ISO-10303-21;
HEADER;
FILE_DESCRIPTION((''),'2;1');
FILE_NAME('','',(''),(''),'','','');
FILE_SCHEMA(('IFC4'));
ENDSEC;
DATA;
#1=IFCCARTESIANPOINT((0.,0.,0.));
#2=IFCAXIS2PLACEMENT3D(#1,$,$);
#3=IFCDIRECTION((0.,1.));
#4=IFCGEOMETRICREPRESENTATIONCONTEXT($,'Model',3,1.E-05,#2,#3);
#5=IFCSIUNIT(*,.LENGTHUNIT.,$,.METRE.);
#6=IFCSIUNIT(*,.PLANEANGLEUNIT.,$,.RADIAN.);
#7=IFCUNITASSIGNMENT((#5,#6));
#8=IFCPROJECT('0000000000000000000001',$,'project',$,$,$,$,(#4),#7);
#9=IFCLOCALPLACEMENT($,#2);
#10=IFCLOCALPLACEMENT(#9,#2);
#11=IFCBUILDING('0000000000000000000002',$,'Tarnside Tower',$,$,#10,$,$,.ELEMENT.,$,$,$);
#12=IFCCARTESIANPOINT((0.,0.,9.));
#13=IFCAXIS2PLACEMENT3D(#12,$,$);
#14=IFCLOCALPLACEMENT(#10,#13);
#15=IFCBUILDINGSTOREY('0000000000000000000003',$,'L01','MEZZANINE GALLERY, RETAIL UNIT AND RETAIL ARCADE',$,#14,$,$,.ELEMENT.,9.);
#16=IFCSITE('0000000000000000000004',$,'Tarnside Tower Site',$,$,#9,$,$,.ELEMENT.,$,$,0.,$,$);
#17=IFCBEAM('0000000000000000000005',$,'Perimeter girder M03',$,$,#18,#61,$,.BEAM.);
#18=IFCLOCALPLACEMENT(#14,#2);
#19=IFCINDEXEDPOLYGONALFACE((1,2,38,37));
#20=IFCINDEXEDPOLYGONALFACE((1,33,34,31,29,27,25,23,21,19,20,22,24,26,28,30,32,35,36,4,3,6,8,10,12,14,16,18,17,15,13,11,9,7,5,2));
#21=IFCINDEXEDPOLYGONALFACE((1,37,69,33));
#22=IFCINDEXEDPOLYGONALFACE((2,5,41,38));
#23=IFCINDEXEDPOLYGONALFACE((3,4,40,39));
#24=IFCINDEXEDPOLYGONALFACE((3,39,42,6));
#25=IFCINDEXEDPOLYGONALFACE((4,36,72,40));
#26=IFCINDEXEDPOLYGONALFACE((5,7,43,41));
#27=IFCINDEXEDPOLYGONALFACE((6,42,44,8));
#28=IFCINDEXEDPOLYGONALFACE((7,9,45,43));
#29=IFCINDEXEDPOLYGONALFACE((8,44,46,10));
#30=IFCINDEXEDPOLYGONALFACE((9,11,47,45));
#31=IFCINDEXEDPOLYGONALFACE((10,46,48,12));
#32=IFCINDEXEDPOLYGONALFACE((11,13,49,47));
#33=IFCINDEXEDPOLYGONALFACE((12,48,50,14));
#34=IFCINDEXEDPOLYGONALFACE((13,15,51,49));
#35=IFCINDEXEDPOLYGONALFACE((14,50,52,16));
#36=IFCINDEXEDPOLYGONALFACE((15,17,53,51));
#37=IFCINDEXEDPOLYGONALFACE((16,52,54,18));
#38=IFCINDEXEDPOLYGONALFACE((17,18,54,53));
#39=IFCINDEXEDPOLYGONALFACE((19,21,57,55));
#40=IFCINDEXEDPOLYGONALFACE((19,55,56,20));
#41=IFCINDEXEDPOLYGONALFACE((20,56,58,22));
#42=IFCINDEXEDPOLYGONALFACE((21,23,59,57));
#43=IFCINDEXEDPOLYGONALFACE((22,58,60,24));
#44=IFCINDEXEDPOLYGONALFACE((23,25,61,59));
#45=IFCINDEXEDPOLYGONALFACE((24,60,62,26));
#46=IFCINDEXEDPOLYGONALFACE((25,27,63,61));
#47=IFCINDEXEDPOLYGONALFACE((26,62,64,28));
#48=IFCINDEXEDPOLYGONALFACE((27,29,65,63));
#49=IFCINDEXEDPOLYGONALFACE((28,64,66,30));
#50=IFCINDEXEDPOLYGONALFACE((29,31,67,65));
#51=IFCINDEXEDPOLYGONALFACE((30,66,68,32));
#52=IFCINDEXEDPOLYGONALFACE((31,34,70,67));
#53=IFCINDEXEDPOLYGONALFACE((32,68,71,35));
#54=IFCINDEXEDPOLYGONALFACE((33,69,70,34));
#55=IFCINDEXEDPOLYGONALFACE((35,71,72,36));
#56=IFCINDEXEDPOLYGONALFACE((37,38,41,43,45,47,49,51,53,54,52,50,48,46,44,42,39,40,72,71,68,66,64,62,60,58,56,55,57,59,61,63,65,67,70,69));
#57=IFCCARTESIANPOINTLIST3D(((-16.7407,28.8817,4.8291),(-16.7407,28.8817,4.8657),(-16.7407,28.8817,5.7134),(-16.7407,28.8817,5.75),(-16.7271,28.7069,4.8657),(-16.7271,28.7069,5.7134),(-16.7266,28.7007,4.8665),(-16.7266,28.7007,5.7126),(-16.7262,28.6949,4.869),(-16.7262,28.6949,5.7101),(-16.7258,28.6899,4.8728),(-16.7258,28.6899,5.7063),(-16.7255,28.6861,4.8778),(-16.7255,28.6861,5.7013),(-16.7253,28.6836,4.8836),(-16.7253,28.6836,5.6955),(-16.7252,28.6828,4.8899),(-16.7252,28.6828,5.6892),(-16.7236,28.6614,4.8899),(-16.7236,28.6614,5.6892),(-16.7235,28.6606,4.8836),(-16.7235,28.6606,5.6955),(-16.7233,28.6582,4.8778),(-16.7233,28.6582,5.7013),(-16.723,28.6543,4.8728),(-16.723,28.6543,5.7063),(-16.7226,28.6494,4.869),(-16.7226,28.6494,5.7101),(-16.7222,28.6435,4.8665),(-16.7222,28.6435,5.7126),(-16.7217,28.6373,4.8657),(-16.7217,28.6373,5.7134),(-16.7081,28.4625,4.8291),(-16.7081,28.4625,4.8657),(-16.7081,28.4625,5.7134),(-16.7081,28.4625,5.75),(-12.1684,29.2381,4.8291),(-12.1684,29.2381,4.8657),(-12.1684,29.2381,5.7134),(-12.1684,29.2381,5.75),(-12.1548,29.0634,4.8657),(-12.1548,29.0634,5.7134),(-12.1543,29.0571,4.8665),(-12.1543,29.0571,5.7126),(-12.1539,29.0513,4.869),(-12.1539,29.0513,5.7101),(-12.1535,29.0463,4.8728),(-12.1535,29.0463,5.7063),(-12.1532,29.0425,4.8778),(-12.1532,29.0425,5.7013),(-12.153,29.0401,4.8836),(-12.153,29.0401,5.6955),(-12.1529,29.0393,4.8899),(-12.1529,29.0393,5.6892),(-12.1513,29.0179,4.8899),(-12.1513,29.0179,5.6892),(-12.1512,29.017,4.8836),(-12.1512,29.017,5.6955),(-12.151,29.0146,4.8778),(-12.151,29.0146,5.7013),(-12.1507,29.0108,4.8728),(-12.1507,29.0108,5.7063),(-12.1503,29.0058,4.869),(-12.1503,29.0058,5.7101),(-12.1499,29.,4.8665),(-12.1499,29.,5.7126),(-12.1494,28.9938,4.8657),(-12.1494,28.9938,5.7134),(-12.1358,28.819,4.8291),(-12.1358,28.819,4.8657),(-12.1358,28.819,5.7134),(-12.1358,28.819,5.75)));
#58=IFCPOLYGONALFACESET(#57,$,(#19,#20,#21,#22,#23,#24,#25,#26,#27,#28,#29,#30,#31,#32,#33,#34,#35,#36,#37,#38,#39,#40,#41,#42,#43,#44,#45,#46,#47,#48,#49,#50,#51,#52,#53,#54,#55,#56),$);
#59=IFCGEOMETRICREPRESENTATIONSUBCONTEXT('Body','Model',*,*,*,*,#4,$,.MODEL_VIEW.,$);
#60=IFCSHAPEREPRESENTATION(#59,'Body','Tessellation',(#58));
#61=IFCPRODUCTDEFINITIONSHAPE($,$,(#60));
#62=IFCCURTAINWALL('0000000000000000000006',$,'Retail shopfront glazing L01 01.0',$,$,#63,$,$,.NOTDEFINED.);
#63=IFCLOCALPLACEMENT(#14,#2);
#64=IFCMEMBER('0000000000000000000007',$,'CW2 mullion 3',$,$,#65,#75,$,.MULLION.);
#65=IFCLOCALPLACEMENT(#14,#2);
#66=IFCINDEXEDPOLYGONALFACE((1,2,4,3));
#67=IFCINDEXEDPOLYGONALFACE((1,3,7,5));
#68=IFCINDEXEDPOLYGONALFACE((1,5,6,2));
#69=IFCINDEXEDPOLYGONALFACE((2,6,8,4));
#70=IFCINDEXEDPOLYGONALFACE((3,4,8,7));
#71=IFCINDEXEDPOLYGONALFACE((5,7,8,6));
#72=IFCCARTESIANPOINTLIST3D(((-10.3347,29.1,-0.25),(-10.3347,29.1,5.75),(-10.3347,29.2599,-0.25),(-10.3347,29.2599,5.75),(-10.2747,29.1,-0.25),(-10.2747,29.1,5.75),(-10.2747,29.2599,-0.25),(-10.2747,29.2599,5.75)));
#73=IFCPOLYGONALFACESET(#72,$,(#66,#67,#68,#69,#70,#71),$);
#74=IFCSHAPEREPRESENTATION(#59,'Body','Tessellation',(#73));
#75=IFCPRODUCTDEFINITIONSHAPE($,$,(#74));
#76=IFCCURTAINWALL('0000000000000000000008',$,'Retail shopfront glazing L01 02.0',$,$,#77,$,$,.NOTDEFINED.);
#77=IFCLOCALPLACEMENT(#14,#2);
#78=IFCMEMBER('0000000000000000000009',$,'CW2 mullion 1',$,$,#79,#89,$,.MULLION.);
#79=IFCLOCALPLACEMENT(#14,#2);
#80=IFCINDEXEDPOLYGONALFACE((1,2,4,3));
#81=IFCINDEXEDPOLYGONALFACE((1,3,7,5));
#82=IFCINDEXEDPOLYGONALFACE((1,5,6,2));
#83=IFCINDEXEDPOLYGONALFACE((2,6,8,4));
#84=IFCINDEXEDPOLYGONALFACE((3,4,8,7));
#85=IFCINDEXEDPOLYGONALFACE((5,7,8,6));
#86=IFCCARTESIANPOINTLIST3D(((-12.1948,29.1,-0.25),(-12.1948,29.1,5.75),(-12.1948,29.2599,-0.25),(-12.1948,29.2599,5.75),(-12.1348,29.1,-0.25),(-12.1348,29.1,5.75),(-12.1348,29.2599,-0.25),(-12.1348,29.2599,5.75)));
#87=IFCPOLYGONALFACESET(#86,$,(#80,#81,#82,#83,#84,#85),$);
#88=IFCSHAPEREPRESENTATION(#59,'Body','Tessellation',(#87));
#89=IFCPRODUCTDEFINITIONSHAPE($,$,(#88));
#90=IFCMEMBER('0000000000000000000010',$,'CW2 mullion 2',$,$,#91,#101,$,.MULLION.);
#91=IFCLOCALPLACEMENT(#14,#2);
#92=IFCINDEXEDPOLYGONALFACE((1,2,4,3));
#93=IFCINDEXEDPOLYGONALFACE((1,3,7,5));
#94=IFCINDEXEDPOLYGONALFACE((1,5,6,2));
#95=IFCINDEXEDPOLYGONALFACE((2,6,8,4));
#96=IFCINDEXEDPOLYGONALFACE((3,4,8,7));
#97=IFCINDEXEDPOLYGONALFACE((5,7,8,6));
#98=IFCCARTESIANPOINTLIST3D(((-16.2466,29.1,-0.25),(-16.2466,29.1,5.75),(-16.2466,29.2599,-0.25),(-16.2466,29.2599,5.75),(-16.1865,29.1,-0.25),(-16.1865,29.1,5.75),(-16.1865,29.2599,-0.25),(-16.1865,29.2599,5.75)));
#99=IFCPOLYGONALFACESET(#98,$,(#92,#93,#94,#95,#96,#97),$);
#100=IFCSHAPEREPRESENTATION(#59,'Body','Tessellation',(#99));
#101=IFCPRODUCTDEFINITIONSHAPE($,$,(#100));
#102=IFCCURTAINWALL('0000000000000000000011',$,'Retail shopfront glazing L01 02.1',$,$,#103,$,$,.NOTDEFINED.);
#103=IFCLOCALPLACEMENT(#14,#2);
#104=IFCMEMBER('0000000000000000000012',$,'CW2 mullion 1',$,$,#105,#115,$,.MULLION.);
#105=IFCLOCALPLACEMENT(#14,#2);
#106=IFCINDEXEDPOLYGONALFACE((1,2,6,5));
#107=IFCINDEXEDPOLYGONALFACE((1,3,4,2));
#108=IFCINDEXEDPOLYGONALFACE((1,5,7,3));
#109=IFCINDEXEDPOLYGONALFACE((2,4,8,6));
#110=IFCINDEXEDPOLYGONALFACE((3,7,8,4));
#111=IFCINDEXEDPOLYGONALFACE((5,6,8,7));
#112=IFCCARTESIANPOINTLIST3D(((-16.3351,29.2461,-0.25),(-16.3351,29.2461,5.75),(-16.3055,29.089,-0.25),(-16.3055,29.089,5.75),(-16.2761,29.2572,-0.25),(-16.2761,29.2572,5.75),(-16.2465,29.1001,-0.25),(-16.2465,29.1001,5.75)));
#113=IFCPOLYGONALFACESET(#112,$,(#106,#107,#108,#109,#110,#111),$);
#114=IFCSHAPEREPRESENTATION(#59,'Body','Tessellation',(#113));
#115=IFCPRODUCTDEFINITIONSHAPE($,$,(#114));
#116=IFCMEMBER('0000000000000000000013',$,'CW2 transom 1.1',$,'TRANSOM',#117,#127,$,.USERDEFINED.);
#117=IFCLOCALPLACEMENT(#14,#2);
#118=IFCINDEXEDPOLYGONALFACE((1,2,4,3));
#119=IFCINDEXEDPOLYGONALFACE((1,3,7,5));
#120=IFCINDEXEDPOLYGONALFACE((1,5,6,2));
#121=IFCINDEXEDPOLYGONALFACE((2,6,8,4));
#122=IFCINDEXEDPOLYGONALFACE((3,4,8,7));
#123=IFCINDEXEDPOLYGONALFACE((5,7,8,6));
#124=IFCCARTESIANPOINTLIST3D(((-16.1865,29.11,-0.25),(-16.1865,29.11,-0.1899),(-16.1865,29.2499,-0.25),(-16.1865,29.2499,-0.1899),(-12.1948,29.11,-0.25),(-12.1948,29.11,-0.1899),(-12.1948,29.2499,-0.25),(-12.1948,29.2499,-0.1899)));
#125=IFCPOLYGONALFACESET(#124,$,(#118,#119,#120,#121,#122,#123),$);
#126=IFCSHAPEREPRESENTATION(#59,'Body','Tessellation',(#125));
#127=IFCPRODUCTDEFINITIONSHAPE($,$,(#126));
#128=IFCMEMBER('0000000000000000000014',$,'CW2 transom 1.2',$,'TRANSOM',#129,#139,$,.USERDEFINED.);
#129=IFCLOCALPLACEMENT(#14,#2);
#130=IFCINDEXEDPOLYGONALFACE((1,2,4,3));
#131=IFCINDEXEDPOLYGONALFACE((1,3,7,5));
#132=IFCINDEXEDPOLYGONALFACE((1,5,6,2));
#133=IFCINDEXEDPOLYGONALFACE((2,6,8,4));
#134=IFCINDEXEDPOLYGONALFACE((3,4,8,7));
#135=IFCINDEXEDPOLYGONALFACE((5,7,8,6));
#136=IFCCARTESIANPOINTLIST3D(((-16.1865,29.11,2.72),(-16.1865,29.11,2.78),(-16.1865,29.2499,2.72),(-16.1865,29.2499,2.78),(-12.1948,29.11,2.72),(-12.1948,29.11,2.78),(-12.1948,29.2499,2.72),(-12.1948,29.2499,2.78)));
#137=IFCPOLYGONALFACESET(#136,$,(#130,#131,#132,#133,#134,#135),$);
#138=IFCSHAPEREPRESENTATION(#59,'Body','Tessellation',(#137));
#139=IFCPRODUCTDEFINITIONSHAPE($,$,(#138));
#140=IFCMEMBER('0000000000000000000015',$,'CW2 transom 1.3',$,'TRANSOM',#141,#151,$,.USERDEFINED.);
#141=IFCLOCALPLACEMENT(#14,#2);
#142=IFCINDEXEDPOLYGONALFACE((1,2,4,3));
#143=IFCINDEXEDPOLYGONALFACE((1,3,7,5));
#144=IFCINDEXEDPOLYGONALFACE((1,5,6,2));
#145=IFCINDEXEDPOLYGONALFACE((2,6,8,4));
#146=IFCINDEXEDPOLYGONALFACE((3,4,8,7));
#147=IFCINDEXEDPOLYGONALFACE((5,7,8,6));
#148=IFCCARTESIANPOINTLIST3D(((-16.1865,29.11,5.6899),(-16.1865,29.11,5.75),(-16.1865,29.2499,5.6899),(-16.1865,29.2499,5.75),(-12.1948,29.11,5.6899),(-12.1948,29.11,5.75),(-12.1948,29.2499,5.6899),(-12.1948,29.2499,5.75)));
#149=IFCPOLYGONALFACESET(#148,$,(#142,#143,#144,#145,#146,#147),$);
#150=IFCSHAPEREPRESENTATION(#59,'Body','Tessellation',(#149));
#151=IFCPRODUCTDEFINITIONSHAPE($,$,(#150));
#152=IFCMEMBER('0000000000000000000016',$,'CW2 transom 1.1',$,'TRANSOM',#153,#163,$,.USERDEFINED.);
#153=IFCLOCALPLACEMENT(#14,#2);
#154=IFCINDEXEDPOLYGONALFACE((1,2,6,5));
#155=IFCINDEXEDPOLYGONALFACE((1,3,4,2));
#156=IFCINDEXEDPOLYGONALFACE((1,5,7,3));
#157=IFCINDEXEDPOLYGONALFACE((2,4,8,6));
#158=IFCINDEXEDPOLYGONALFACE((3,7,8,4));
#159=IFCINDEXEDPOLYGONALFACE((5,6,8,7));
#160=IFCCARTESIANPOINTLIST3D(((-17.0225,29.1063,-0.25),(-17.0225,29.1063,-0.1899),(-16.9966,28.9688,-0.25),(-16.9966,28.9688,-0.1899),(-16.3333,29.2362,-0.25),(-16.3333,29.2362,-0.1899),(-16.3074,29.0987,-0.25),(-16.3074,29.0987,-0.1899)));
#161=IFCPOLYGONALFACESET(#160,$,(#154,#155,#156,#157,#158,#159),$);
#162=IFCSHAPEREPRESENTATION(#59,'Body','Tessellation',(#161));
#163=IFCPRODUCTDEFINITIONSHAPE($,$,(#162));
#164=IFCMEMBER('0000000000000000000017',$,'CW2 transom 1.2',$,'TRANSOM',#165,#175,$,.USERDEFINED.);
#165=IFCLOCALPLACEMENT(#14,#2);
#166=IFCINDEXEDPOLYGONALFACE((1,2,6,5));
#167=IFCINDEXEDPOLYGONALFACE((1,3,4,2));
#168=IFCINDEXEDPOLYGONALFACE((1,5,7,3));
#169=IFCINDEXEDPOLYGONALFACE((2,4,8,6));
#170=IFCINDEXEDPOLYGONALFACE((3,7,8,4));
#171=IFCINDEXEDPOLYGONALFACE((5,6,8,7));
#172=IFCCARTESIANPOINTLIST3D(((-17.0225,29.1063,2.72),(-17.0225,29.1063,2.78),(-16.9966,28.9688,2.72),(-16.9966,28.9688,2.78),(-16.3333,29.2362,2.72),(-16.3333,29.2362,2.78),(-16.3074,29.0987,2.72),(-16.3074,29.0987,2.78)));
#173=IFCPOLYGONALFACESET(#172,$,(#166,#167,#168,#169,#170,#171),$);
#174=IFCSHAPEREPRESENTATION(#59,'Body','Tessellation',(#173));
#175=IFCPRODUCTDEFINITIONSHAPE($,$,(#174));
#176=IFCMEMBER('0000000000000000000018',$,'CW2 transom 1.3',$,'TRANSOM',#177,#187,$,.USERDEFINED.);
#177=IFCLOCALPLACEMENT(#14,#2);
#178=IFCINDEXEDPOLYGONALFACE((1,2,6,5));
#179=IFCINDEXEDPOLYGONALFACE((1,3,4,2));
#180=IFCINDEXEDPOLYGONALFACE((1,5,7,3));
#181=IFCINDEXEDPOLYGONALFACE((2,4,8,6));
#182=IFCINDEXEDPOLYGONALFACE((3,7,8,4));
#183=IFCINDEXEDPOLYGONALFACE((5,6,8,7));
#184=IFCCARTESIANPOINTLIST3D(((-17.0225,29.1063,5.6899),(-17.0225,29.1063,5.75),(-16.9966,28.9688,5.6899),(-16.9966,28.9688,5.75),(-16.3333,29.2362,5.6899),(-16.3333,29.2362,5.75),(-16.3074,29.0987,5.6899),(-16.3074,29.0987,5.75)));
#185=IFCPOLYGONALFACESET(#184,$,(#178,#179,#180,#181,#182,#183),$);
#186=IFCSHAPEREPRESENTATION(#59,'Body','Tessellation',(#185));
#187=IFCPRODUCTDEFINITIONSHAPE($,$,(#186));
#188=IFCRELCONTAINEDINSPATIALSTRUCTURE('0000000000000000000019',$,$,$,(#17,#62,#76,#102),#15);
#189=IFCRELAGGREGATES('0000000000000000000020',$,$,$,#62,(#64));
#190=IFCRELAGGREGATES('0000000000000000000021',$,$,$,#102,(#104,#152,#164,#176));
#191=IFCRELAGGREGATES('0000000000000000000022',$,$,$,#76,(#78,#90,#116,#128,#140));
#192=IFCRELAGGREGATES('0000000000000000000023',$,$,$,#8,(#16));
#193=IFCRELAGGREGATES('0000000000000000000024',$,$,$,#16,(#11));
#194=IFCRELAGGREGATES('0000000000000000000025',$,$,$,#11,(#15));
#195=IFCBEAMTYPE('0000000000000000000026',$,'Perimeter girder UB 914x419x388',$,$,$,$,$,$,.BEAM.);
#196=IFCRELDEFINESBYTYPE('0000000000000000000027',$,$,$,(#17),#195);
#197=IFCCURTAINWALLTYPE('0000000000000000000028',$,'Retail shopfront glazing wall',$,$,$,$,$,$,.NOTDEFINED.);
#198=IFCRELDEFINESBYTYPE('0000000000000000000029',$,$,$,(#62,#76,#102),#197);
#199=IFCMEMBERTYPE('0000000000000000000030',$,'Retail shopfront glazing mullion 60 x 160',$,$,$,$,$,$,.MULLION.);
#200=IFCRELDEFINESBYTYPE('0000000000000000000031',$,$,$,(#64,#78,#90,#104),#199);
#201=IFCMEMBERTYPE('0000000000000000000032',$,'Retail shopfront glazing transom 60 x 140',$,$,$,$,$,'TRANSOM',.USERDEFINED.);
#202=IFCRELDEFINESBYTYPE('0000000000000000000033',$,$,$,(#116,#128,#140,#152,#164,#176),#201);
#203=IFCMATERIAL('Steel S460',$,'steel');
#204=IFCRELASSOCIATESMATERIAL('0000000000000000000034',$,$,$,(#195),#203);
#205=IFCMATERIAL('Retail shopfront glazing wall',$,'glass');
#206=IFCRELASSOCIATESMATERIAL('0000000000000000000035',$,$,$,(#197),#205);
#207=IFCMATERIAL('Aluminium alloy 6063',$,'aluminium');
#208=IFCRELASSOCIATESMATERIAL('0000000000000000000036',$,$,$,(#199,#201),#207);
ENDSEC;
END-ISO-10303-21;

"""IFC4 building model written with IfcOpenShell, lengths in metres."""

from ifc_helpers import new_model, si_unit, direction, frame, origin, origin_2d, place, context, subcontext, project, spatial, rectangle, i_section, extrude, material, material_profile, profile_set, type_object, element, aggregate, save


model = new_model("IFC4")

# Units and contexts
model_context = context("Model", 3, precision=1e-05, world=origin(), true_north=direction((0.0, 1.0)))
body_context = subcontext(model_context, "Body", "Model", "MODEL_VIEW")
ifc_project = project(units=[si_unit("LENGTHUNIT", "METRE"), si_unit("PLANEANGLEUNIT", "RADIAN")], contexts=[model_context])

# Site, building, storey
site_placement = place(None, origin())
site = spatial("IfcSite", under=ifc_project, at=site_placement, Name="Tarnside Tower Site", CompositionType="ELEMENT", RefElevation=0.0)
building_placement = place(site_placement, origin())
building = spatial("IfcBuilding", under=site, at=building_placement, Name="Tarnside Tower", CompositionType="ELEMENT")
storey_placement = place(building_placement, frame((0.0, 0.0, 9.0)))
storey = spatial("IfcBuildingStorey", under=building, at=storey_placement, Name="L01", Description="MEZZANINE GALLERY, RETAIL UNIT AND RETAIL ARCADE", CompositionType="ELEMENT", Elevation=9.0)

# Beam
ifc_material_1 = material(Name="Steel S460", Category="steel")
ifc_material_profile_1 = material_profile(ifc_material_1, i_section(OverallWidth=0.4204, OverallDepth=0.9209, WebThickness=0.0215, FlangeThickness=0.0366, FilletRadius=0.0242, at=origin_2d()), Name="UB 914x419x388")
ifc_profile_set_1 = profile_set([ifc_material_profile_1], Name="Steel S460")
beam_type_1 = type_object("IfcBeamType", Name="Perimeter girder UB 914x419x388", PredefinedType="BEAM", material=ifc_profile_set_1)
beam_1_placement = place(storey_placement, frame((-12.1521, 29.0286, 5.2896), z_axis=(-0.996975, -0.077722, 0.0), x_axis=(0.077722, -0.996975, 0.0)))
element("IfcBeam", 1, at=beam_1_placement, inside=storey, type_object=beam_type_1, Name="Perimeter girder M03", PredefinedType="BEAM", context=body_context, shape_type="SweptSolid", body=[
    extrude(i_section(OverallWidth=0.4204, OverallDepth=0.9209, WebThickness=0.0215, FlangeThickness=0.0366, FilletRadius=0.0242, at=origin_2d()), origin(), (0.0, 0.0, 1.0), 4.5862),
])

# Curtain wall, member
ifc_material_2 = material(Name="Retail shopfront glazing wall", Category="glass")
curtain_wall_type = type_object("IfcCurtainWallType", Name="Retail shopfront glazing wall", PredefinedType="NOTDEFINED", material=ifc_material_2)
curtain_wall_1_placement = place(storey_placement, origin())
curtain_wall_1 = element("IfcCurtainWall", 2, at=curtain_wall_1_placement, inside=storey, type_object=curtain_wall_type, Name="Retail shopfront glazing L01 01.0", PredefinedType="NOTDEFINED")
ifc_material_3 = material(Name="Aluminium alloy 6063", Category="aluminium")
ifc_material_profile_2 = material_profile(ifc_material_3, rectangle(XDim=0.1599, YDim=0.0601, at=origin_2d()), Name="Retail shopfront glazing mullion 60 x 160")
ifc_profile_set_2 = profile_set([ifc_material_profile_2], Name="Aluminium alloy 6063")
member_type_1 = type_object("IfcMemberType", Name="Retail shopfront glazing mullion 60 x 160", PredefinedType="MULLION", material=ifc_profile_set_2)
member_1_placement = place(storey_placement, frame((-10.3047, 29.1799, -0.25), z_axis=(0.0, 0.0, 1.0), x_axis=(0.0, -1.0, 0.0)))
member_1 = element("IfcMember", 3, at=member_1_placement, type_object=member_type_1, Name="CW2 mullion 3", PredefinedType="MULLION", context=body_context, shape_type="SweptSolid", body=[
    extrude(rectangle(XDim=0.1599, YDim=0.0601, at=origin_2d()), origin(), (0.0, 0.0, 1.0), 6.0),
])
aggregate(curtain_wall_1, [member_1])

# Curtain wall, members
curtain_wall_2_placement = place(storey_placement, origin())
curtain_wall_2 = element("IfcCurtainWall", 4, at=curtain_wall_2_placement, inside=storey, type_object=curtain_wall_type, Name="Retail shopfront glazing L01 02.0", PredefinedType="NOTDEFINED")
member_2_placement = place(storey_placement, frame((-12.1648, 29.1799, -0.25), z_axis=(0.0, 0.0, 1.0), x_axis=(0.0, -1.0, 0.0)))
member_2 = element("IfcMember", 5, at=member_2_placement, type_object=member_type_1, Name="CW2 mullion 1", PredefinedType="MULLION", context=body_context, shape_type="SweptSolid", body=[
    extrude(rectangle(XDim=0.1599, YDim=0.0601, at=origin_2d()), origin(), (0.0, 0.0, 1.0), 6.0),
])
member_3_placement = place(storey_placement, frame((-16.2166, 29.1799, -0.25), z_axis=(0.0, 0.0, 1.0), x_axis=(0.0, -1.0, 0.0)))
member_3 = element("IfcMember", 6, at=member_3_placement, type_object=member_type_1, Name="CW2 mullion 2", PredefinedType="MULLION", context=body_context, shape_type="SweptSolid", body=[
    extrude(rectangle(XDim=0.1599, YDim=0.0601, at=origin_2d()), origin(), (0.0, 0.0, 1.0), 6.0),
])

# Curtain wall, member
curtain_wall_3_placement = place(storey_placement, origin())
curtain_wall_3 = element("IfcCurtainWall", 7, at=curtain_wall_3_placement, inside=storey, type_object=curtain_wall_type, Name="Retail shopfront glazing L01 02.1", PredefinedType="NOTDEFINED")
member_4_placement = place(storey_placement, frame((-16.2908, 29.1731, -0.25), z_axis=(0.0, 0.0, 1.0), x_axis=(0.185095, -0.982721, 0.0)))
member_4 = element("IfcMember", 8, at=member_4_placement, type_object=member_type_1, Name="CW2 mullion 1", PredefinedType="MULLION", context=body_context, shape_type="SweptSolid", body=[
    extrude(rectangle(XDim=0.1599, YDim=0.0601, at=origin_2d()), origin(), (0.0, 0.0, 1.0), 6.0),
])

# Members
ifc_material_profile_3 = material_profile(ifc_material_3, rectangle(XDim=0.1399, YDim=0.0601, at=origin_2d()), Name="Retail shopfront glazing transom 60 x 140")
ifc_profile_set_3 = profile_set([ifc_material_profile_3], Name="Aluminium alloy 6063")
member_type_2 = type_object("IfcMemberType", Name="Retail shopfront glazing transom 60 x 140", ElementType="TRANSOM", PredefinedType="USERDEFINED", material=ifc_profile_set_3)
member_5_placement = place(storey_placement, frame((-12.1948, 29.1799, -0.22), z_axis=(-1.0, 0.0, 0.0), x_axis=(0.0, -1.0, 0.0)))
member_5 = element("IfcMember", 9, at=member_5_placement, type_object=member_type_2, Name="CW2 transom 1.1", ObjectType="TRANSOM", PredefinedType="USERDEFINED", context=body_context, shape_type="SweptSolid", body=[
    extrude(rectangle(XDim=0.1399, YDim=0.0601, at=origin_2d()), origin(), (0.0, 0.0, 1.0), 3.9917),
])
member_6_placement = place(storey_placement, frame((-12.1948, 29.1799, 2.75), z_axis=(-1.0, 0.0, 0.0), x_axis=(0.0, -1.0, 0.0)))
member_6 = element("IfcMember", 10, at=member_6_placement, type_object=member_type_2, Name="CW2 transom 1.2", ObjectType="TRANSOM", PredefinedType="USERDEFINED", context=body_context, shape_type="SweptSolid", body=[
    extrude(rectangle(XDim=0.1399, YDim=0.0601, at=origin_2d()), origin(), (0.0, 0.0, 1.0), 3.9917),
])
member_7_placement = place(storey_placement, frame((-12.1948, 29.1799, 5.72), z_axis=(-1.0, 0.0, 0.0), x_axis=(0.0, -1.0, 0.0)))
member_7 = element("IfcMember", 11, at=member_7_placement, type_object=member_type_2, Name="CW2 transom 1.3", ObjectType="TRANSOM", PredefinedType="USERDEFINED", context=body_context, shape_type="SweptSolid", body=[
    extrude(rectangle(XDim=0.1399, YDim=0.0601, at=origin_2d()), origin(), (0.0, 0.0, 1.0), 3.9917),
])
member_8_placement = place(storey_placement, frame((-16.3203, 29.1675, -0.22), z_axis=(-0.982702, -0.185192, 0.0), x_axis=(0.185192, -0.982702, 0.0)))
member_8 = element("IfcMember", 12, at=member_8_placement, type_object=member_type_2, Name="CW2 transom 1.1", ObjectType="TRANSOM", PredefinedType="USERDEFINED", context=body_context, shape_type="SweptSolid", body=[
    extrude(rectangle(XDim=0.1399, YDim=0.0601, at=origin_2d()), origin(), (0.0, 0.0, 1.0), 0.7014),
])
member_9_placement = place(storey_placement, frame((-16.3203, 29.1675, 2.75), z_axis=(-0.982702, -0.185192, 0.0), x_axis=(0.185192, -0.982702, 0.0)))
member_9 = element("IfcMember", 13, at=member_9_placement, type_object=member_type_2, Name="CW2 transom 1.2", ObjectType="TRANSOM", PredefinedType="USERDEFINED", context=body_context, shape_type="SweptSolid", body=[
    extrude(rectangle(XDim=0.1399, YDim=0.0601, at=origin_2d()), origin(), (0.0, 0.0, 1.0), 0.7014),
])
member_10_placement = place(storey_placement, frame((-16.3203, 29.1675, 5.72), z_axis=(-0.982702, -0.185192, 0.0), x_axis=(0.185192, -0.982702, 0.0)))
member_10 = element("IfcMember", 14, at=member_10_placement, type_object=member_type_2, Name="CW2 transom 1.3", ObjectType="TRANSOM", PredefinedType="USERDEFINED", context=body_context, shape_type="SweptSolid", body=[
    extrude(rectangle(XDim=0.1399, YDim=0.0601, at=origin_2d()), origin(), (0.0, 0.0, 1.0), 0.7014),
])
aggregate(curtain_wall_3, [member_4, member_8, member_9, member_10])

aggregate(curtain_wall_2, [member_2, member_3, member_5, member_6, member_7])

save(model, "model.ifc")
